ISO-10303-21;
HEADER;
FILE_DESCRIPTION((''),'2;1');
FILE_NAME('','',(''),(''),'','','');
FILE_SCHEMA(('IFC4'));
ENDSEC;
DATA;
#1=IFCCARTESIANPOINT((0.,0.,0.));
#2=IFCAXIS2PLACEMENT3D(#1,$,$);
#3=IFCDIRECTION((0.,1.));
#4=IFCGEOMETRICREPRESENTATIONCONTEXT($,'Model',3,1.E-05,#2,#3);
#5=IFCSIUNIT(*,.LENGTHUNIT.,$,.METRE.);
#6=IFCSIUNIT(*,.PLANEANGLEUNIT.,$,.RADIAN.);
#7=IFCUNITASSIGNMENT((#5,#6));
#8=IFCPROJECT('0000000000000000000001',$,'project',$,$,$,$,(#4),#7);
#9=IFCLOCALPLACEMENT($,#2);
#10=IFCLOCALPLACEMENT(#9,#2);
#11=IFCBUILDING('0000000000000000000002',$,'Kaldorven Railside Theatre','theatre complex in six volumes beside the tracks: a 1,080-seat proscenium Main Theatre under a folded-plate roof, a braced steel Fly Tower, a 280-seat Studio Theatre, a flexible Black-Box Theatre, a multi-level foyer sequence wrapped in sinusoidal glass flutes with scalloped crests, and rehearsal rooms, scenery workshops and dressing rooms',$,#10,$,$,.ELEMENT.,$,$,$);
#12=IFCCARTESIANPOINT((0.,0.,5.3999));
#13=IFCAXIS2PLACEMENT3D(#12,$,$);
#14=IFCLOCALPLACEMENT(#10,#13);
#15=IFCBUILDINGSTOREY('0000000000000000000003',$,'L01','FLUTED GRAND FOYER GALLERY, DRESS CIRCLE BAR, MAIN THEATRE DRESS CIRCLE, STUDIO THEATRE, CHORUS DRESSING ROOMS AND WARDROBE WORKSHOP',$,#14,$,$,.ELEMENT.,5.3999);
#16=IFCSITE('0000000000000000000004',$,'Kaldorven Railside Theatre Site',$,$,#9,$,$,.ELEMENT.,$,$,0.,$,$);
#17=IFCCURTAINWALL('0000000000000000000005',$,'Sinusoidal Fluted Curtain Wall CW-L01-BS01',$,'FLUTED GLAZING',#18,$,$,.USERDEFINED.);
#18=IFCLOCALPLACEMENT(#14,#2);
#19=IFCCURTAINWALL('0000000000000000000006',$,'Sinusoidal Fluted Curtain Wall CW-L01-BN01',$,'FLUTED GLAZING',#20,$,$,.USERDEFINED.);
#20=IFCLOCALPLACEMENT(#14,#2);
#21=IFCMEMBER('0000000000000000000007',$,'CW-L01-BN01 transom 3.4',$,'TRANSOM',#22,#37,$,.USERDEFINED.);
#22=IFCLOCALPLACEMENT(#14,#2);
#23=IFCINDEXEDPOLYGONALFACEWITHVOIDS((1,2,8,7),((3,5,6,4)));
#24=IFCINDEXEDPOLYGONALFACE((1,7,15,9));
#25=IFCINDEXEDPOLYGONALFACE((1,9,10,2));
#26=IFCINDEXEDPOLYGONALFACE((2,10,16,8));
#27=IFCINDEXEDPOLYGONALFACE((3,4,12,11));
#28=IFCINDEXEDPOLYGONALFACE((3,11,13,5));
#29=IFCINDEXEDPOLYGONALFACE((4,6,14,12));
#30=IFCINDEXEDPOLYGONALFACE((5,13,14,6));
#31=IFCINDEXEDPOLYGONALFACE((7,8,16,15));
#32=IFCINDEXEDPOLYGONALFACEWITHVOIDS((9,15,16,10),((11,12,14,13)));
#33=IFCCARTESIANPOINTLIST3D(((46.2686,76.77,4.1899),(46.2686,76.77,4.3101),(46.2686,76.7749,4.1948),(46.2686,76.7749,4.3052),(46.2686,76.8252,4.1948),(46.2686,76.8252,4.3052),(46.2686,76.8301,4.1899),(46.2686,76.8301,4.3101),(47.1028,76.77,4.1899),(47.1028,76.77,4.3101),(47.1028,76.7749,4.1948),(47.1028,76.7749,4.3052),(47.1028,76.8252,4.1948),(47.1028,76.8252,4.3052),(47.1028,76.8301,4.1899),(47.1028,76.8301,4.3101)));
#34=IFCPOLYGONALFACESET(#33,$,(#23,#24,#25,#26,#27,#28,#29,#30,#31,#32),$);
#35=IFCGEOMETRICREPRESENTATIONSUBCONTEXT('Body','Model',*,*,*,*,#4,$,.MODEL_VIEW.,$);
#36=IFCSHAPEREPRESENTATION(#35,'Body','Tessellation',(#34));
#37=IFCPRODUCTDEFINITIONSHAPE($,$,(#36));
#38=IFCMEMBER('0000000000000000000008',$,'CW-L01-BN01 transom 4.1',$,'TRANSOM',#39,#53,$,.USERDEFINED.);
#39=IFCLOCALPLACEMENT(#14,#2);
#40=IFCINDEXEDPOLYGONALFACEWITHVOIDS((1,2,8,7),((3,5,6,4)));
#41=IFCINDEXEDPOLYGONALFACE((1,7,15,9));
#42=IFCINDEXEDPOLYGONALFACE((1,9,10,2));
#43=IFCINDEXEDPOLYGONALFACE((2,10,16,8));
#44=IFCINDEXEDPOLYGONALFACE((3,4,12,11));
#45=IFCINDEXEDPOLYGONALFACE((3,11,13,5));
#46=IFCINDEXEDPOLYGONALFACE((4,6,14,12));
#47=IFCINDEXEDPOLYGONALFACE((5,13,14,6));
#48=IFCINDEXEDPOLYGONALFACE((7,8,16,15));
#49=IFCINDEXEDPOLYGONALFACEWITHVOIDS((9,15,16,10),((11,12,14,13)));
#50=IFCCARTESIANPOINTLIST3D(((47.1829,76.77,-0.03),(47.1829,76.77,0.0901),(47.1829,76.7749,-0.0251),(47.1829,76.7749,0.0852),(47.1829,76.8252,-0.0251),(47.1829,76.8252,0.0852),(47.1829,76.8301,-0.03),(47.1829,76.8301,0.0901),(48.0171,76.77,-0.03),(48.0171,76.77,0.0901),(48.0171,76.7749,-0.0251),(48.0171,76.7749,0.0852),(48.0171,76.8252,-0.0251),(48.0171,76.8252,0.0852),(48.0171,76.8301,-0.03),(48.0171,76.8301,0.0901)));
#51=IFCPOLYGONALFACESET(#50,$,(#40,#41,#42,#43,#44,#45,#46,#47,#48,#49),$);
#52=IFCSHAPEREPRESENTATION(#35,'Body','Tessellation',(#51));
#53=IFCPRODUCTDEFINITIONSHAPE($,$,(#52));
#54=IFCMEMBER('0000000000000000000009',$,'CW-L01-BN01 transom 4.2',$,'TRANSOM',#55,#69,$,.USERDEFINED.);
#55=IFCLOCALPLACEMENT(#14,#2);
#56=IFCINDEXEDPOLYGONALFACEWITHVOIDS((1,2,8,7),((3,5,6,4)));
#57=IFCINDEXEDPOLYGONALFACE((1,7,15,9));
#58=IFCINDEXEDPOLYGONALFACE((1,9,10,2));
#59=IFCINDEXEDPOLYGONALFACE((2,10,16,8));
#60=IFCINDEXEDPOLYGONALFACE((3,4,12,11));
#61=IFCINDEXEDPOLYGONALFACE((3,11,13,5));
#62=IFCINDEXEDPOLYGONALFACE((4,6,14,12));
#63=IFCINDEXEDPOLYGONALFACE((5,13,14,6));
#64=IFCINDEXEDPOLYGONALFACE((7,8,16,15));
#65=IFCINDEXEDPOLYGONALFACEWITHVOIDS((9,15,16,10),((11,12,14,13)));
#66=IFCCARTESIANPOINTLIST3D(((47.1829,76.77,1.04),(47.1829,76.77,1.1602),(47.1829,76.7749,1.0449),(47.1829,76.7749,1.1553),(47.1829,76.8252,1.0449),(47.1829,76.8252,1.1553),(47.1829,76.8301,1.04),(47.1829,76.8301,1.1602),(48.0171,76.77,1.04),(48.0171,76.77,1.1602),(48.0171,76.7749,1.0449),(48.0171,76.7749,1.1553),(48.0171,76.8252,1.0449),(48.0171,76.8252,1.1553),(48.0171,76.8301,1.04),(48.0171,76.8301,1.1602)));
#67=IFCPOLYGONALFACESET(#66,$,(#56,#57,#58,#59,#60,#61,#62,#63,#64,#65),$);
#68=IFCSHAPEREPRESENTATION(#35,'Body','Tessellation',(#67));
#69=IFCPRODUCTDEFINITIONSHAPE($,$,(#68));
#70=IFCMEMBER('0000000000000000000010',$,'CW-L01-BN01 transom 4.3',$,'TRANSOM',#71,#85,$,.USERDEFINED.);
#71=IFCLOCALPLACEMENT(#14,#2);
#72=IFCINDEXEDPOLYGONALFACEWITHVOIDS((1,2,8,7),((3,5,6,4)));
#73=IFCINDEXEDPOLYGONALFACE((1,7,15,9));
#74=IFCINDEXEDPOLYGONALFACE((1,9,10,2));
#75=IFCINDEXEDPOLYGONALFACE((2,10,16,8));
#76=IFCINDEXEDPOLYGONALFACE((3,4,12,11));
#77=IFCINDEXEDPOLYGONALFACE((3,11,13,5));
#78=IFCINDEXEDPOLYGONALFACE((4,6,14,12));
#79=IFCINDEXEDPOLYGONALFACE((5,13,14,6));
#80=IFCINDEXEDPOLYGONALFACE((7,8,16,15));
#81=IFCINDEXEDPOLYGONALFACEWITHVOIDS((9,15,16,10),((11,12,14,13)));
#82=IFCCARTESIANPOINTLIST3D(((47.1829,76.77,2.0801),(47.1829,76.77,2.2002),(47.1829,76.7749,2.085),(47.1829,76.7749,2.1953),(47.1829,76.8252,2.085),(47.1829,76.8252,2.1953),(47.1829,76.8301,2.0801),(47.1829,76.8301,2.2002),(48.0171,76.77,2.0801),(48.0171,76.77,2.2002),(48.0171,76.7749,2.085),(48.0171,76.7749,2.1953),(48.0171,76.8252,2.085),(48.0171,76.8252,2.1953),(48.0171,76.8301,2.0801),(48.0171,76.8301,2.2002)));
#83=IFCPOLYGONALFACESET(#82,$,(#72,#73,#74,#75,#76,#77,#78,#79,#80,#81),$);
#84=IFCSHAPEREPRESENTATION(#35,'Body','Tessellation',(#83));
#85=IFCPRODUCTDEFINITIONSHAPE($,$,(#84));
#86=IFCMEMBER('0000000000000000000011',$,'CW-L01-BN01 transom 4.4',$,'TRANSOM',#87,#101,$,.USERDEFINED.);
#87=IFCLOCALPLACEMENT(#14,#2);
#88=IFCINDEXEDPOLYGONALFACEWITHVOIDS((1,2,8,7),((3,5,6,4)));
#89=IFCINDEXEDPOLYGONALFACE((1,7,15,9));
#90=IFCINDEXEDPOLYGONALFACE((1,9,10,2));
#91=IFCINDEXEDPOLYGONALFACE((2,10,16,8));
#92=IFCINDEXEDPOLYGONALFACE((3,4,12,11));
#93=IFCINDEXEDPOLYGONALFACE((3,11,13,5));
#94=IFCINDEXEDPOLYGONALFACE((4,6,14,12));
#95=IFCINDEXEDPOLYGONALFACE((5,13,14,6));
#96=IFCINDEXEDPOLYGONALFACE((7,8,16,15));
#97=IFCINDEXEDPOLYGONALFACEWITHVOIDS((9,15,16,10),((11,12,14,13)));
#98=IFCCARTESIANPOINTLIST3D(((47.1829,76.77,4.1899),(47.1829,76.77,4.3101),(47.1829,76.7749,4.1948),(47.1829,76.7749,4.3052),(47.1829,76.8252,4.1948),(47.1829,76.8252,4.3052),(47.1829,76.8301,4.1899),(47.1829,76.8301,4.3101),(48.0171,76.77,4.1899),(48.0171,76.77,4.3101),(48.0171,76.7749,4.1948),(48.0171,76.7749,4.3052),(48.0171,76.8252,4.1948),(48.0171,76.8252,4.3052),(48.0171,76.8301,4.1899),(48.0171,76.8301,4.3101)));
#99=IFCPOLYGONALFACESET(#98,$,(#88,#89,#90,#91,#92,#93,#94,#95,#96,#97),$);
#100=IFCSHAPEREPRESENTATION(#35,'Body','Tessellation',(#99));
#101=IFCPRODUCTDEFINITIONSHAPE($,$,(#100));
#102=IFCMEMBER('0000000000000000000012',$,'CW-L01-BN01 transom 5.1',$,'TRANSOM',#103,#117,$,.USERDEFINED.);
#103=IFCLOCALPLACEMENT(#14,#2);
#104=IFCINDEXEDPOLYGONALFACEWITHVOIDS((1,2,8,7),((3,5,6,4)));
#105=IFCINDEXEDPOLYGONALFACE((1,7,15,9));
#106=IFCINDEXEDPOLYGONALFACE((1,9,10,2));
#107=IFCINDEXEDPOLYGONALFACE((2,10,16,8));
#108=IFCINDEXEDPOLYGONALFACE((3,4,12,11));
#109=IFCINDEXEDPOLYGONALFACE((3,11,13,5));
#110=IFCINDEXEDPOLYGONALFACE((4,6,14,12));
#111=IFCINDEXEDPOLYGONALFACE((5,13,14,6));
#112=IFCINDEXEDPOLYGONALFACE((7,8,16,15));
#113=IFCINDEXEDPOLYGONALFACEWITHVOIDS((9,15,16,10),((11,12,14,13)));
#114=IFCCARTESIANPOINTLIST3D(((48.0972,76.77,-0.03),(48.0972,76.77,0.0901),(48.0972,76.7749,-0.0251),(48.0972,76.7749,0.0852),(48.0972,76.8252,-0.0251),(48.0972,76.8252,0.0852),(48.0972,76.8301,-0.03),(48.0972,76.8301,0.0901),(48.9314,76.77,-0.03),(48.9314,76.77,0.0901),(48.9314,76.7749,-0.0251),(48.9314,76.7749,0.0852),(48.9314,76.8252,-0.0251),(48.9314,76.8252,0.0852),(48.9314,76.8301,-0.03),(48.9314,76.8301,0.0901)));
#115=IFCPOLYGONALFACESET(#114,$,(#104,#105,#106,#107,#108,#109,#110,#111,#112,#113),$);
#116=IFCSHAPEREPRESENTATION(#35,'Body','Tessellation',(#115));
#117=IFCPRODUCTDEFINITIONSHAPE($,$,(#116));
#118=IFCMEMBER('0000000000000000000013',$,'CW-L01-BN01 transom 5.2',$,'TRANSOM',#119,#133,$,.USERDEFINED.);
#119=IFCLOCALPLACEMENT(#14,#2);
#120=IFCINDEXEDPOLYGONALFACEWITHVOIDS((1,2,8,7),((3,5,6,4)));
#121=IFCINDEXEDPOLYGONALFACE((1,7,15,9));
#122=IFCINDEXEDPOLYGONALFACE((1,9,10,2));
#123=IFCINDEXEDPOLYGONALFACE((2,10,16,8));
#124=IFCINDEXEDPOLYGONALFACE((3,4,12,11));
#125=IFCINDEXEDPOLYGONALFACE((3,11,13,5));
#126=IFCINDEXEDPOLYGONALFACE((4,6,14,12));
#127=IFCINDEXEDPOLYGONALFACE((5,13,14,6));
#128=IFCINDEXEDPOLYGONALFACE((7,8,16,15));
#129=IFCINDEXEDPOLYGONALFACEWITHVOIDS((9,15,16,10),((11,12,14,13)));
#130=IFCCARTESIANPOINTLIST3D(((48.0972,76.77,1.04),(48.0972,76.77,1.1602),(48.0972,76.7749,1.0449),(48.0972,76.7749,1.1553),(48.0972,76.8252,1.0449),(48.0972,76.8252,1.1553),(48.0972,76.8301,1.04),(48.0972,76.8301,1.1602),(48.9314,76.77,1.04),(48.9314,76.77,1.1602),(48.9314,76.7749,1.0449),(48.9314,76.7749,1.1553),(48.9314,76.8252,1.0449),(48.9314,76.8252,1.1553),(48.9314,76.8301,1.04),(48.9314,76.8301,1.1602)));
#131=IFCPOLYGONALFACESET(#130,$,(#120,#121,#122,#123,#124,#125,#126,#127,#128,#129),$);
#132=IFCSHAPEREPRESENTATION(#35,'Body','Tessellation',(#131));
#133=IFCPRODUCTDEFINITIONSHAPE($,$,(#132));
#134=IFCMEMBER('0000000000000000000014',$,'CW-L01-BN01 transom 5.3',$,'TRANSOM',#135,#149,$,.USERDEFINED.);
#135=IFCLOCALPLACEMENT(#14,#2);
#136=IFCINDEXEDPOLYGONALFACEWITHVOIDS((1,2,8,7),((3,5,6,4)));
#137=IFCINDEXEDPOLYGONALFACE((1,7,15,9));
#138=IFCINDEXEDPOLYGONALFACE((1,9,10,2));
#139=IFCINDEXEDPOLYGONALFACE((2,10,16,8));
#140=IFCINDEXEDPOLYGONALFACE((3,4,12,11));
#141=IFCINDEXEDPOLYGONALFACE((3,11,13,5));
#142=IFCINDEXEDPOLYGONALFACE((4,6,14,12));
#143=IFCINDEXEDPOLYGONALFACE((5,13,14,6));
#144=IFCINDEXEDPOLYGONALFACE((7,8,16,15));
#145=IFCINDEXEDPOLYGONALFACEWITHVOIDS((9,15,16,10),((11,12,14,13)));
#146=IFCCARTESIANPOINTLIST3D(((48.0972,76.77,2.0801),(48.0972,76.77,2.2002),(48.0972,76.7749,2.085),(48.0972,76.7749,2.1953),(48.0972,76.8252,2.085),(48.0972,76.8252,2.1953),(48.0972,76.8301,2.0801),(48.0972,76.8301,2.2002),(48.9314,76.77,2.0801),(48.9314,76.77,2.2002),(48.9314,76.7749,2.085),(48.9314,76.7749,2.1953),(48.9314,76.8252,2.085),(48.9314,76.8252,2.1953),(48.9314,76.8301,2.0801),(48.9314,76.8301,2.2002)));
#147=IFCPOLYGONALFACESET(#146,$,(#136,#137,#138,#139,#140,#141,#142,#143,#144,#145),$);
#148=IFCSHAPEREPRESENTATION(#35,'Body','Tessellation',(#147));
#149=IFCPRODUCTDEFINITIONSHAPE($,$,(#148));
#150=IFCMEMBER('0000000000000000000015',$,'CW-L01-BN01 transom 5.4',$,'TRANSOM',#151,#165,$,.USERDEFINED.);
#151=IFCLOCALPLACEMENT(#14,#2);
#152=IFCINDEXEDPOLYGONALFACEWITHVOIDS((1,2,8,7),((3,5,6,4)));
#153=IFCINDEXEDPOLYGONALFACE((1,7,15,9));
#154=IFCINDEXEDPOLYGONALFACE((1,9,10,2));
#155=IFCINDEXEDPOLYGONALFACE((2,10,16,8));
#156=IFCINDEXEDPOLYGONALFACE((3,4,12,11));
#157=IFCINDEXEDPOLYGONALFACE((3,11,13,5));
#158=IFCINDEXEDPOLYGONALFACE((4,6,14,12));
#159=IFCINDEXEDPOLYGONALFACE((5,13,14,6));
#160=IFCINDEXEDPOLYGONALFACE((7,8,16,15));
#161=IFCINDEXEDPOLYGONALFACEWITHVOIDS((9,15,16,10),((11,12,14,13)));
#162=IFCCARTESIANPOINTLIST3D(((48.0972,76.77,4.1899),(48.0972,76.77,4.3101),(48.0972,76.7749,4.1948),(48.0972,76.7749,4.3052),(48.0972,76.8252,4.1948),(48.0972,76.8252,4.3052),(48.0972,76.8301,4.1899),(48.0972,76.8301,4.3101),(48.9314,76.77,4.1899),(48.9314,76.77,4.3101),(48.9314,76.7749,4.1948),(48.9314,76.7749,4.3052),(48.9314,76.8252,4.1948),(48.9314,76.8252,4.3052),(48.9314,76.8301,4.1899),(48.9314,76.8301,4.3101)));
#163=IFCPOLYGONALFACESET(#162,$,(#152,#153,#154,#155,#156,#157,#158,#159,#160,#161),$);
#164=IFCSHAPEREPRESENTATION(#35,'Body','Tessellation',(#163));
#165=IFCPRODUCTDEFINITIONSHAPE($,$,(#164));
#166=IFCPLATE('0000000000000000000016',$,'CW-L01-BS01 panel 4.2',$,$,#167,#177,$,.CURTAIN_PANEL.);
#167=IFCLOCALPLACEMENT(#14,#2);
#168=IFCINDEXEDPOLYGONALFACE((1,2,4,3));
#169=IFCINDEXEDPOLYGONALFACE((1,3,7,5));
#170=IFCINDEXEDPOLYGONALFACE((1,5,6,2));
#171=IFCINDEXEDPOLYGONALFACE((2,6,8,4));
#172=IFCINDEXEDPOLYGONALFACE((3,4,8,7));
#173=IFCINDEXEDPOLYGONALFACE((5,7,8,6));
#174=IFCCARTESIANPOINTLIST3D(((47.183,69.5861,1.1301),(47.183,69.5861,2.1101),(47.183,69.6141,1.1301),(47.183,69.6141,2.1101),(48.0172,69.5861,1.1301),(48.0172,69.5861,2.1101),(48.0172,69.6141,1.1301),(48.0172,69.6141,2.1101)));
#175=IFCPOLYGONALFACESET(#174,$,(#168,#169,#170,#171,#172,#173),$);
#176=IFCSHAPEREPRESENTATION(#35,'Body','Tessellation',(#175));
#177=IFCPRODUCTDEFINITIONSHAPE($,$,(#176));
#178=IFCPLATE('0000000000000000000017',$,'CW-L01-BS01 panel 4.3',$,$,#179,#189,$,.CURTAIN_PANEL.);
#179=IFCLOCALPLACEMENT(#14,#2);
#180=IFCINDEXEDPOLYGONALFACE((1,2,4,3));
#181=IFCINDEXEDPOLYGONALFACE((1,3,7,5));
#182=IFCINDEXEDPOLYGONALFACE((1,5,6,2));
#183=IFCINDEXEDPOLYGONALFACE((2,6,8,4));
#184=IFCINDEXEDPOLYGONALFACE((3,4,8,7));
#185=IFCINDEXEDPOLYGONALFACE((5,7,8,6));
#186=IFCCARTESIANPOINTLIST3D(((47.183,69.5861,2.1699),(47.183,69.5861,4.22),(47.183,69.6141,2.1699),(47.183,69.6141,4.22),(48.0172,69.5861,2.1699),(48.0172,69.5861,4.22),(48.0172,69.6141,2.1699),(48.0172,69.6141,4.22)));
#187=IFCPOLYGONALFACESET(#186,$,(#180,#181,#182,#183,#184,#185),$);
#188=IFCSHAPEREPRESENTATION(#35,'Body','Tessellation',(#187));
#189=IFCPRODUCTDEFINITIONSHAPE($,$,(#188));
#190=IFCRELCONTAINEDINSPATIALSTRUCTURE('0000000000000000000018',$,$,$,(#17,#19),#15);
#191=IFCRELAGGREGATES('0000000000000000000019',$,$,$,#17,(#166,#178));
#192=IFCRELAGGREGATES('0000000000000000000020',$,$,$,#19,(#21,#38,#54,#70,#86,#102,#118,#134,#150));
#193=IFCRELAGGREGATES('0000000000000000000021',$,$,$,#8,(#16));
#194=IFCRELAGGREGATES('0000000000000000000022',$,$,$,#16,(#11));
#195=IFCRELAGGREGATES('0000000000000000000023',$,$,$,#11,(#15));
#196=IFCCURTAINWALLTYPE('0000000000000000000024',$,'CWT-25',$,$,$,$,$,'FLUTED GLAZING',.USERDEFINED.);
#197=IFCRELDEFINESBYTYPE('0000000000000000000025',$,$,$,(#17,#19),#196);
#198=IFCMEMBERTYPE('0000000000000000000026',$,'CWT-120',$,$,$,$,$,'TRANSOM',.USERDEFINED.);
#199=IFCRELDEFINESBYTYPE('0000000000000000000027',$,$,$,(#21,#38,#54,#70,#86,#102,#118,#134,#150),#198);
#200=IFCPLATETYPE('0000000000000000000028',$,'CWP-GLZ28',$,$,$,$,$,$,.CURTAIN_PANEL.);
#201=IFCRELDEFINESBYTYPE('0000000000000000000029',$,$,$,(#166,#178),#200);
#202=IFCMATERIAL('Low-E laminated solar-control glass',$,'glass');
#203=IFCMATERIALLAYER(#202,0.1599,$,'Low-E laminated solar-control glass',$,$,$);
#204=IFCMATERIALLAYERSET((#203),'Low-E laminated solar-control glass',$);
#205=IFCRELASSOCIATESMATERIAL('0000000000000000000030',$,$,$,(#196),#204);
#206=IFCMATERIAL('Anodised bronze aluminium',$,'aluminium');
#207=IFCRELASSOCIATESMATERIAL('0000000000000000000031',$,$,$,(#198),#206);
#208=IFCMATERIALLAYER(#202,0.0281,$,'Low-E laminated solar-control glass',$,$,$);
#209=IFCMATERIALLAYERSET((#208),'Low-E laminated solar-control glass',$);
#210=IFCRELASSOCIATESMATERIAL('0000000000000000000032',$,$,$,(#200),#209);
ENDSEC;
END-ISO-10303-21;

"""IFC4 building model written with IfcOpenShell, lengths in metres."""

from ifc_helpers import new_model, si_unit, direction, frame, origin, origin_2d, place, context, subcontext, project, spatial, rectangle, hollow_rectangle, extrude, material, layer, layer_set, material_profile, profile_set, type_object, element, aggregate, save


model = new_model("IFC4")

# Units and contexts
model_context = context("Model", 3, precision=1e-05, world=origin(), true_north=direction((0.0, 1.0)))
body_context = subcontext(model_context, "Body", "Model", "MODEL_VIEW")
ifc_project = project(units=[si_unit("LENGTHUNIT", "METRE"), si_unit("PLANEANGLEUNIT", "RADIAN")], contexts=[model_context])

# Site, building, storey
site_placement = place(None, origin())
site = spatial("IfcSite", under=ifc_project, at=site_placement, Name="Kaldorven Railside Theatre Site", CompositionType="ELEMENT", RefElevation=0.0)
building_placement = place(site_placement, origin())
building = spatial("IfcBuilding", under=site, at=building_placement, Name="Kaldorven Railside Theatre", Description="theatre complex in six volumes beside the tracks: a 1,080-seat proscenium Main Theatre under a folded-plate roof, a braced steel Fly Tower, a 280-seat Studio Theatre, a flexible Black-Box Theatre, a multi-level foyer sequence wrapped in sinusoidal glass flutes with scalloped crests, and rehearsal rooms, scenery workshops and dressing rooms", CompositionType="ELEMENT")
storey_placement = place(building_placement, frame((0.0, 0.0, 5.3999)))
storey = spatial("IfcBuildingStorey", under=building, at=storey_placement, Name="L01", Description="FLUTED GRAND FOYER GALLERY, DRESS CIRCLE BAR, MAIN THEATRE DRESS CIRCLE, STUDIO THEATRE, CHORUS DRESSING ROOMS AND WARDROBE WORKSHOP", CompositionType="ELEMENT", Elevation=5.3999)

# Curtain wall
ifc_material_1 = material(Name="Low-E laminated solar-control glass", Category="glass")
ifc_layer_1 = layer(ifc_material_1, 0.1599, Name="Low-E laminated solar-control glass")
ifc_layer_set_1 = layer_set([ifc_layer_1], Name="Low-E laminated solar-control glass")
curtain_wall_type = type_object("IfcCurtainWallType", Name="CWT-25", ElementType="FLUTED GLAZING", PredefinedType="USERDEFINED", material=ifc_layer_set_1)
curtain_wall_1_placement = place(storey_placement, origin())
curtain_wall_1 = element("IfcCurtainWall", 1, at=curtain_wall_1_placement, inside=storey, type_object=curtain_wall_type, Name="Sinusoidal Fluted Curtain Wall CW-L01-BS01", ObjectType="FLUTED GLAZING", PredefinedType="USERDEFINED")
ifc_material_2 = material(Name="Anodised bronze aluminium", Category="aluminium")

# Curtain wall
curtain_wall_2_placement = place(storey_placement, origin())
curtain_wall_2 = element("IfcCurtainWall", 2, at=curtain_wall_2_placement, inside=storey, type_object=curtain_wall_type, Name="Sinusoidal Fluted Curtain Wall CW-L01-BN01", ObjectType="FLUTED GLAZING", PredefinedType="USERDEFINED")

# Members
ifc_material_profile_1 = material_profile(ifc_material_2, hollow_rectangle(XDim=0.0601, YDim=0.1201, WallThickness=0.0049, at=origin_2d()), Name="RHS 120x60x5")
ifc_profile_set_1 = profile_set([ifc_material_profile_1], Name="Anodised bronze aluminium")
member_type_1 = type_object("IfcMemberType", Name="CWT-120", ElementType="TRANSOM", PredefinedType="USERDEFINED", material=ifc_profile_set_1)
member_1_placement = place(storey_placement, frame((46.2686, 76.8, 4.25), z_axis=(1.0, 0.0, 0.0), x_axis=(0.0, 1.0, 0.0)))
member_1 = element("IfcMember", 3, at=member_1_placement, type_object=member_type_1, Name="CW-L01-BN01 transom 3.4", ObjectType="TRANSOM", PredefinedType="USERDEFINED", context=body_context, shape_type="SweptSolid", body=[
    extrude(hollow_rectangle(XDim=0.0601, YDim=0.1201, WallThickness=0.0049, at=origin_2d()), origin(), (0.0, 0.0, 1.0), 0.8342),
])
member_2_placement = place(storey_placement, frame((47.1829, 76.8, 0.03), z_axis=(1.0, 0.0, 0.0), x_axis=(0.0, 1.0, 0.0)))
member_2 = element("IfcMember", 4, at=member_2_placement, type_object=member_type_1, Name="CW-L01-BN01 transom 4.1", ObjectType="TRANSOM", PredefinedType="USERDEFINED", context=body_context, shape_type="SweptSolid", body=[
    extrude(hollow_rectangle(XDim=0.0601, YDim=0.1201, WallThickness=0.0049, at=origin_2d()), origin(), (0.0, 0.0, 1.0), 0.8342),
])
member_3_placement = place(storey_placement, frame((47.1829, 76.8, 1.1001), z_axis=(1.0, 0.0, 0.0), x_axis=(0.0, 1.0, 0.0)))
member_3 = element("IfcMember", 5, at=member_3_placement, type_object=member_type_1, Name="CW-L01-BN01 transom 4.2", ObjectType="TRANSOM", PredefinedType="USERDEFINED", context=body_context, shape_type="SweptSolid", body=[
    extrude(hollow_rectangle(XDim=0.0601, YDim=0.1201, WallThickness=0.0049, at=origin_2d()), origin(), (0.0, 0.0, 1.0), 0.8342),
])
member_4_placement = place(storey_placement, frame((47.1829, 76.8, 2.1401), z_axis=(1.0, 0.0, 0.0), x_axis=(0.0, 1.0, 0.0)))
member_4 = element("IfcMember", 6, at=member_4_placement, type_object=member_type_1, Name="CW-L01-BN01 transom 4.3", ObjectType="TRANSOM", PredefinedType="USERDEFINED", context=body_context, shape_type="SweptSolid", body=[
    extrude(hollow_rectangle(XDim=0.0601, YDim=0.1201, WallThickness=0.0049, at=origin_2d()), origin(), (0.0, 0.0, 1.0), 0.8342),
])
member_5_placement = place(storey_placement, frame((47.1829, 76.8, 4.25), z_axis=(1.0, 0.0, 0.0), x_axis=(0.0, 1.0, 0.0)))
member_5 = element("IfcMember", 7, at=member_5_placement, type_object=member_type_1, Name="CW-L01-BN01 transom 4.4", ObjectType="TRANSOM", PredefinedType="USERDEFINED", context=body_context, shape_type="SweptSolid", body=[
    extrude(hollow_rectangle(XDim=0.0601, YDim=0.1201, WallThickness=0.0049, at=origin_2d()), origin(), (0.0, 0.0, 1.0), 0.8342),
])
member_6_placement = place(storey_placement, frame((48.0972, 76.8, 0.03), z_axis=(1.0, 0.0, 0.0), x_axis=(0.0, 1.0, 0.0)))
member_6 = element("IfcMember", 8, at=member_6_placement, type_object=member_type_1, Name="CW-L01-BN01 transom 5.1", ObjectType="TRANSOM", PredefinedType="USERDEFINED", context=body_context, shape_type="SweptSolid", body=[
    extrude(hollow_rectangle(XDim=0.0601, YDim=0.1201, WallThickness=0.0049, at=origin_2d()), origin(), (0.0, 0.0, 1.0), 0.8342),
])
member_7_placement = place(storey_placement, frame((48.0972, 76.8, 1.1001), z_axis=(1.0, 0.0, 0.0), x_axis=(0.0, 1.0, 0.0)))
member_7 = element("IfcMember", 9, at=member_7_placement, type_object=member_type_1, Name="CW-L01-BN01 transom 5.2", ObjectType="TRANSOM", PredefinedType="USERDEFINED", context=body_context, shape_type="SweptSolid", body=[
    extrude(hollow_rectangle(XDim=0.0601, YDim=0.1201, WallThickness=0.0049, at=origin_2d()), origin(), (0.0, 0.0, 1.0), 0.8342),
])
member_8_placement = place(storey_placement, frame((48.0972, 76.8, 2.1401), z_axis=(1.0, 0.0, 0.0), x_axis=(0.0, 1.0, 0.0)))
member_8 = element("IfcMember", 10, at=member_8_placement, type_object=member_type_1, Name="CW-L01-BN01 transom 5.3", ObjectType="TRANSOM", PredefinedType="USERDEFINED", context=body_context, shape_type="SweptSolid", body=[
    extrude(hollow_rectangle(XDim=0.0601, YDim=0.1201, WallThickness=0.0049, at=origin_2d()), origin(), (0.0, 0.0, 1.0), 0.8342),
])
member_9_placement = place(storey_placement, frame((48.0972, 76.8, 4.25), z_axis=(1.0, 0.0, 0.0), x_axis=(0.0, 1.0, 0.0)))
member_9 = element("IfcMember", 11, at=member_9_placement, type_object=member_type_1, Name="CW-L01-BN01 transom 5.4", ObjectType="TRANSOM", PredefinedType="USERDEFINED", context=body_context, shape_type="SweptSolid", body=[
    extrude(hollow_rectangle(XDim=0.0601, YDim=0.1201, WallThickness=0.0049, at=origin_2d()), origin(), (0.0, 0.0, 1.0), 0.8342),
])

# Plates
ifc_layer_2 = layer(ifc_material_1, 0.0281, Name="Low-E laminated solar-control glass")
ifc_layer_set_2 = layer_set([ifc_layer_2], Name="Low-E laminated solar-control glass")
plate_type = type_object("IfcPlateType", Name="CWP-GLZ28", PredefinedType="CURTAIN_PANEL", material=ifc_layer_set_2)
plate_1_placement = place(storey_placement, frame((47.6001, 69.6001, 1.1301), z_axis=(0.0, 0.0, 1.0), x_axis=(1.0, 0.0, 0.0)))
plate_1 = element("IfcPlate", 12, at=plate_1_placement, type_object=plate_type, Name="CW-L01-BS01 panel 4.2", PredefinedType="CURTAIN_PANEL", context=body_context, shape_type="SweptSolid", body=[
    extrude(rectangle(XDim=0.8342, YDim=0.0281, at=origin_2d()), origin(), (0.0, 0.0, 1.0), 0.98),
])
plate_2_placement = place(storey_placement, frame((47.6001, 69.6001, 2.1699), z_axis=(0.0, 0.0, 1.0), x_axis=(1.0, 0.0, 0.0)))
plate_2 = element("IfcPlate", 13, at=plate_2_placement, type_object=plate_type, Name="CW-L01-BS01 panel 4.3", PredefinedType="CURTAIN_PANEL", context=body_context, shape_type="SweptSolid", body=[
    extrude(rectangle(XDim=0.8342, YDim=0.0281, at=origin_2d()), origin(), (0.0, 0.0, 1.0), 2.05),
])
aggregate(curtain_wall_1, [plate_1, plate_2])
aggregate(curtain_wall_2, [member_1, member_2, member_3, member_4, member_5, member_6, member_7, member_8, member_9])

save(model, "model.ifc")
